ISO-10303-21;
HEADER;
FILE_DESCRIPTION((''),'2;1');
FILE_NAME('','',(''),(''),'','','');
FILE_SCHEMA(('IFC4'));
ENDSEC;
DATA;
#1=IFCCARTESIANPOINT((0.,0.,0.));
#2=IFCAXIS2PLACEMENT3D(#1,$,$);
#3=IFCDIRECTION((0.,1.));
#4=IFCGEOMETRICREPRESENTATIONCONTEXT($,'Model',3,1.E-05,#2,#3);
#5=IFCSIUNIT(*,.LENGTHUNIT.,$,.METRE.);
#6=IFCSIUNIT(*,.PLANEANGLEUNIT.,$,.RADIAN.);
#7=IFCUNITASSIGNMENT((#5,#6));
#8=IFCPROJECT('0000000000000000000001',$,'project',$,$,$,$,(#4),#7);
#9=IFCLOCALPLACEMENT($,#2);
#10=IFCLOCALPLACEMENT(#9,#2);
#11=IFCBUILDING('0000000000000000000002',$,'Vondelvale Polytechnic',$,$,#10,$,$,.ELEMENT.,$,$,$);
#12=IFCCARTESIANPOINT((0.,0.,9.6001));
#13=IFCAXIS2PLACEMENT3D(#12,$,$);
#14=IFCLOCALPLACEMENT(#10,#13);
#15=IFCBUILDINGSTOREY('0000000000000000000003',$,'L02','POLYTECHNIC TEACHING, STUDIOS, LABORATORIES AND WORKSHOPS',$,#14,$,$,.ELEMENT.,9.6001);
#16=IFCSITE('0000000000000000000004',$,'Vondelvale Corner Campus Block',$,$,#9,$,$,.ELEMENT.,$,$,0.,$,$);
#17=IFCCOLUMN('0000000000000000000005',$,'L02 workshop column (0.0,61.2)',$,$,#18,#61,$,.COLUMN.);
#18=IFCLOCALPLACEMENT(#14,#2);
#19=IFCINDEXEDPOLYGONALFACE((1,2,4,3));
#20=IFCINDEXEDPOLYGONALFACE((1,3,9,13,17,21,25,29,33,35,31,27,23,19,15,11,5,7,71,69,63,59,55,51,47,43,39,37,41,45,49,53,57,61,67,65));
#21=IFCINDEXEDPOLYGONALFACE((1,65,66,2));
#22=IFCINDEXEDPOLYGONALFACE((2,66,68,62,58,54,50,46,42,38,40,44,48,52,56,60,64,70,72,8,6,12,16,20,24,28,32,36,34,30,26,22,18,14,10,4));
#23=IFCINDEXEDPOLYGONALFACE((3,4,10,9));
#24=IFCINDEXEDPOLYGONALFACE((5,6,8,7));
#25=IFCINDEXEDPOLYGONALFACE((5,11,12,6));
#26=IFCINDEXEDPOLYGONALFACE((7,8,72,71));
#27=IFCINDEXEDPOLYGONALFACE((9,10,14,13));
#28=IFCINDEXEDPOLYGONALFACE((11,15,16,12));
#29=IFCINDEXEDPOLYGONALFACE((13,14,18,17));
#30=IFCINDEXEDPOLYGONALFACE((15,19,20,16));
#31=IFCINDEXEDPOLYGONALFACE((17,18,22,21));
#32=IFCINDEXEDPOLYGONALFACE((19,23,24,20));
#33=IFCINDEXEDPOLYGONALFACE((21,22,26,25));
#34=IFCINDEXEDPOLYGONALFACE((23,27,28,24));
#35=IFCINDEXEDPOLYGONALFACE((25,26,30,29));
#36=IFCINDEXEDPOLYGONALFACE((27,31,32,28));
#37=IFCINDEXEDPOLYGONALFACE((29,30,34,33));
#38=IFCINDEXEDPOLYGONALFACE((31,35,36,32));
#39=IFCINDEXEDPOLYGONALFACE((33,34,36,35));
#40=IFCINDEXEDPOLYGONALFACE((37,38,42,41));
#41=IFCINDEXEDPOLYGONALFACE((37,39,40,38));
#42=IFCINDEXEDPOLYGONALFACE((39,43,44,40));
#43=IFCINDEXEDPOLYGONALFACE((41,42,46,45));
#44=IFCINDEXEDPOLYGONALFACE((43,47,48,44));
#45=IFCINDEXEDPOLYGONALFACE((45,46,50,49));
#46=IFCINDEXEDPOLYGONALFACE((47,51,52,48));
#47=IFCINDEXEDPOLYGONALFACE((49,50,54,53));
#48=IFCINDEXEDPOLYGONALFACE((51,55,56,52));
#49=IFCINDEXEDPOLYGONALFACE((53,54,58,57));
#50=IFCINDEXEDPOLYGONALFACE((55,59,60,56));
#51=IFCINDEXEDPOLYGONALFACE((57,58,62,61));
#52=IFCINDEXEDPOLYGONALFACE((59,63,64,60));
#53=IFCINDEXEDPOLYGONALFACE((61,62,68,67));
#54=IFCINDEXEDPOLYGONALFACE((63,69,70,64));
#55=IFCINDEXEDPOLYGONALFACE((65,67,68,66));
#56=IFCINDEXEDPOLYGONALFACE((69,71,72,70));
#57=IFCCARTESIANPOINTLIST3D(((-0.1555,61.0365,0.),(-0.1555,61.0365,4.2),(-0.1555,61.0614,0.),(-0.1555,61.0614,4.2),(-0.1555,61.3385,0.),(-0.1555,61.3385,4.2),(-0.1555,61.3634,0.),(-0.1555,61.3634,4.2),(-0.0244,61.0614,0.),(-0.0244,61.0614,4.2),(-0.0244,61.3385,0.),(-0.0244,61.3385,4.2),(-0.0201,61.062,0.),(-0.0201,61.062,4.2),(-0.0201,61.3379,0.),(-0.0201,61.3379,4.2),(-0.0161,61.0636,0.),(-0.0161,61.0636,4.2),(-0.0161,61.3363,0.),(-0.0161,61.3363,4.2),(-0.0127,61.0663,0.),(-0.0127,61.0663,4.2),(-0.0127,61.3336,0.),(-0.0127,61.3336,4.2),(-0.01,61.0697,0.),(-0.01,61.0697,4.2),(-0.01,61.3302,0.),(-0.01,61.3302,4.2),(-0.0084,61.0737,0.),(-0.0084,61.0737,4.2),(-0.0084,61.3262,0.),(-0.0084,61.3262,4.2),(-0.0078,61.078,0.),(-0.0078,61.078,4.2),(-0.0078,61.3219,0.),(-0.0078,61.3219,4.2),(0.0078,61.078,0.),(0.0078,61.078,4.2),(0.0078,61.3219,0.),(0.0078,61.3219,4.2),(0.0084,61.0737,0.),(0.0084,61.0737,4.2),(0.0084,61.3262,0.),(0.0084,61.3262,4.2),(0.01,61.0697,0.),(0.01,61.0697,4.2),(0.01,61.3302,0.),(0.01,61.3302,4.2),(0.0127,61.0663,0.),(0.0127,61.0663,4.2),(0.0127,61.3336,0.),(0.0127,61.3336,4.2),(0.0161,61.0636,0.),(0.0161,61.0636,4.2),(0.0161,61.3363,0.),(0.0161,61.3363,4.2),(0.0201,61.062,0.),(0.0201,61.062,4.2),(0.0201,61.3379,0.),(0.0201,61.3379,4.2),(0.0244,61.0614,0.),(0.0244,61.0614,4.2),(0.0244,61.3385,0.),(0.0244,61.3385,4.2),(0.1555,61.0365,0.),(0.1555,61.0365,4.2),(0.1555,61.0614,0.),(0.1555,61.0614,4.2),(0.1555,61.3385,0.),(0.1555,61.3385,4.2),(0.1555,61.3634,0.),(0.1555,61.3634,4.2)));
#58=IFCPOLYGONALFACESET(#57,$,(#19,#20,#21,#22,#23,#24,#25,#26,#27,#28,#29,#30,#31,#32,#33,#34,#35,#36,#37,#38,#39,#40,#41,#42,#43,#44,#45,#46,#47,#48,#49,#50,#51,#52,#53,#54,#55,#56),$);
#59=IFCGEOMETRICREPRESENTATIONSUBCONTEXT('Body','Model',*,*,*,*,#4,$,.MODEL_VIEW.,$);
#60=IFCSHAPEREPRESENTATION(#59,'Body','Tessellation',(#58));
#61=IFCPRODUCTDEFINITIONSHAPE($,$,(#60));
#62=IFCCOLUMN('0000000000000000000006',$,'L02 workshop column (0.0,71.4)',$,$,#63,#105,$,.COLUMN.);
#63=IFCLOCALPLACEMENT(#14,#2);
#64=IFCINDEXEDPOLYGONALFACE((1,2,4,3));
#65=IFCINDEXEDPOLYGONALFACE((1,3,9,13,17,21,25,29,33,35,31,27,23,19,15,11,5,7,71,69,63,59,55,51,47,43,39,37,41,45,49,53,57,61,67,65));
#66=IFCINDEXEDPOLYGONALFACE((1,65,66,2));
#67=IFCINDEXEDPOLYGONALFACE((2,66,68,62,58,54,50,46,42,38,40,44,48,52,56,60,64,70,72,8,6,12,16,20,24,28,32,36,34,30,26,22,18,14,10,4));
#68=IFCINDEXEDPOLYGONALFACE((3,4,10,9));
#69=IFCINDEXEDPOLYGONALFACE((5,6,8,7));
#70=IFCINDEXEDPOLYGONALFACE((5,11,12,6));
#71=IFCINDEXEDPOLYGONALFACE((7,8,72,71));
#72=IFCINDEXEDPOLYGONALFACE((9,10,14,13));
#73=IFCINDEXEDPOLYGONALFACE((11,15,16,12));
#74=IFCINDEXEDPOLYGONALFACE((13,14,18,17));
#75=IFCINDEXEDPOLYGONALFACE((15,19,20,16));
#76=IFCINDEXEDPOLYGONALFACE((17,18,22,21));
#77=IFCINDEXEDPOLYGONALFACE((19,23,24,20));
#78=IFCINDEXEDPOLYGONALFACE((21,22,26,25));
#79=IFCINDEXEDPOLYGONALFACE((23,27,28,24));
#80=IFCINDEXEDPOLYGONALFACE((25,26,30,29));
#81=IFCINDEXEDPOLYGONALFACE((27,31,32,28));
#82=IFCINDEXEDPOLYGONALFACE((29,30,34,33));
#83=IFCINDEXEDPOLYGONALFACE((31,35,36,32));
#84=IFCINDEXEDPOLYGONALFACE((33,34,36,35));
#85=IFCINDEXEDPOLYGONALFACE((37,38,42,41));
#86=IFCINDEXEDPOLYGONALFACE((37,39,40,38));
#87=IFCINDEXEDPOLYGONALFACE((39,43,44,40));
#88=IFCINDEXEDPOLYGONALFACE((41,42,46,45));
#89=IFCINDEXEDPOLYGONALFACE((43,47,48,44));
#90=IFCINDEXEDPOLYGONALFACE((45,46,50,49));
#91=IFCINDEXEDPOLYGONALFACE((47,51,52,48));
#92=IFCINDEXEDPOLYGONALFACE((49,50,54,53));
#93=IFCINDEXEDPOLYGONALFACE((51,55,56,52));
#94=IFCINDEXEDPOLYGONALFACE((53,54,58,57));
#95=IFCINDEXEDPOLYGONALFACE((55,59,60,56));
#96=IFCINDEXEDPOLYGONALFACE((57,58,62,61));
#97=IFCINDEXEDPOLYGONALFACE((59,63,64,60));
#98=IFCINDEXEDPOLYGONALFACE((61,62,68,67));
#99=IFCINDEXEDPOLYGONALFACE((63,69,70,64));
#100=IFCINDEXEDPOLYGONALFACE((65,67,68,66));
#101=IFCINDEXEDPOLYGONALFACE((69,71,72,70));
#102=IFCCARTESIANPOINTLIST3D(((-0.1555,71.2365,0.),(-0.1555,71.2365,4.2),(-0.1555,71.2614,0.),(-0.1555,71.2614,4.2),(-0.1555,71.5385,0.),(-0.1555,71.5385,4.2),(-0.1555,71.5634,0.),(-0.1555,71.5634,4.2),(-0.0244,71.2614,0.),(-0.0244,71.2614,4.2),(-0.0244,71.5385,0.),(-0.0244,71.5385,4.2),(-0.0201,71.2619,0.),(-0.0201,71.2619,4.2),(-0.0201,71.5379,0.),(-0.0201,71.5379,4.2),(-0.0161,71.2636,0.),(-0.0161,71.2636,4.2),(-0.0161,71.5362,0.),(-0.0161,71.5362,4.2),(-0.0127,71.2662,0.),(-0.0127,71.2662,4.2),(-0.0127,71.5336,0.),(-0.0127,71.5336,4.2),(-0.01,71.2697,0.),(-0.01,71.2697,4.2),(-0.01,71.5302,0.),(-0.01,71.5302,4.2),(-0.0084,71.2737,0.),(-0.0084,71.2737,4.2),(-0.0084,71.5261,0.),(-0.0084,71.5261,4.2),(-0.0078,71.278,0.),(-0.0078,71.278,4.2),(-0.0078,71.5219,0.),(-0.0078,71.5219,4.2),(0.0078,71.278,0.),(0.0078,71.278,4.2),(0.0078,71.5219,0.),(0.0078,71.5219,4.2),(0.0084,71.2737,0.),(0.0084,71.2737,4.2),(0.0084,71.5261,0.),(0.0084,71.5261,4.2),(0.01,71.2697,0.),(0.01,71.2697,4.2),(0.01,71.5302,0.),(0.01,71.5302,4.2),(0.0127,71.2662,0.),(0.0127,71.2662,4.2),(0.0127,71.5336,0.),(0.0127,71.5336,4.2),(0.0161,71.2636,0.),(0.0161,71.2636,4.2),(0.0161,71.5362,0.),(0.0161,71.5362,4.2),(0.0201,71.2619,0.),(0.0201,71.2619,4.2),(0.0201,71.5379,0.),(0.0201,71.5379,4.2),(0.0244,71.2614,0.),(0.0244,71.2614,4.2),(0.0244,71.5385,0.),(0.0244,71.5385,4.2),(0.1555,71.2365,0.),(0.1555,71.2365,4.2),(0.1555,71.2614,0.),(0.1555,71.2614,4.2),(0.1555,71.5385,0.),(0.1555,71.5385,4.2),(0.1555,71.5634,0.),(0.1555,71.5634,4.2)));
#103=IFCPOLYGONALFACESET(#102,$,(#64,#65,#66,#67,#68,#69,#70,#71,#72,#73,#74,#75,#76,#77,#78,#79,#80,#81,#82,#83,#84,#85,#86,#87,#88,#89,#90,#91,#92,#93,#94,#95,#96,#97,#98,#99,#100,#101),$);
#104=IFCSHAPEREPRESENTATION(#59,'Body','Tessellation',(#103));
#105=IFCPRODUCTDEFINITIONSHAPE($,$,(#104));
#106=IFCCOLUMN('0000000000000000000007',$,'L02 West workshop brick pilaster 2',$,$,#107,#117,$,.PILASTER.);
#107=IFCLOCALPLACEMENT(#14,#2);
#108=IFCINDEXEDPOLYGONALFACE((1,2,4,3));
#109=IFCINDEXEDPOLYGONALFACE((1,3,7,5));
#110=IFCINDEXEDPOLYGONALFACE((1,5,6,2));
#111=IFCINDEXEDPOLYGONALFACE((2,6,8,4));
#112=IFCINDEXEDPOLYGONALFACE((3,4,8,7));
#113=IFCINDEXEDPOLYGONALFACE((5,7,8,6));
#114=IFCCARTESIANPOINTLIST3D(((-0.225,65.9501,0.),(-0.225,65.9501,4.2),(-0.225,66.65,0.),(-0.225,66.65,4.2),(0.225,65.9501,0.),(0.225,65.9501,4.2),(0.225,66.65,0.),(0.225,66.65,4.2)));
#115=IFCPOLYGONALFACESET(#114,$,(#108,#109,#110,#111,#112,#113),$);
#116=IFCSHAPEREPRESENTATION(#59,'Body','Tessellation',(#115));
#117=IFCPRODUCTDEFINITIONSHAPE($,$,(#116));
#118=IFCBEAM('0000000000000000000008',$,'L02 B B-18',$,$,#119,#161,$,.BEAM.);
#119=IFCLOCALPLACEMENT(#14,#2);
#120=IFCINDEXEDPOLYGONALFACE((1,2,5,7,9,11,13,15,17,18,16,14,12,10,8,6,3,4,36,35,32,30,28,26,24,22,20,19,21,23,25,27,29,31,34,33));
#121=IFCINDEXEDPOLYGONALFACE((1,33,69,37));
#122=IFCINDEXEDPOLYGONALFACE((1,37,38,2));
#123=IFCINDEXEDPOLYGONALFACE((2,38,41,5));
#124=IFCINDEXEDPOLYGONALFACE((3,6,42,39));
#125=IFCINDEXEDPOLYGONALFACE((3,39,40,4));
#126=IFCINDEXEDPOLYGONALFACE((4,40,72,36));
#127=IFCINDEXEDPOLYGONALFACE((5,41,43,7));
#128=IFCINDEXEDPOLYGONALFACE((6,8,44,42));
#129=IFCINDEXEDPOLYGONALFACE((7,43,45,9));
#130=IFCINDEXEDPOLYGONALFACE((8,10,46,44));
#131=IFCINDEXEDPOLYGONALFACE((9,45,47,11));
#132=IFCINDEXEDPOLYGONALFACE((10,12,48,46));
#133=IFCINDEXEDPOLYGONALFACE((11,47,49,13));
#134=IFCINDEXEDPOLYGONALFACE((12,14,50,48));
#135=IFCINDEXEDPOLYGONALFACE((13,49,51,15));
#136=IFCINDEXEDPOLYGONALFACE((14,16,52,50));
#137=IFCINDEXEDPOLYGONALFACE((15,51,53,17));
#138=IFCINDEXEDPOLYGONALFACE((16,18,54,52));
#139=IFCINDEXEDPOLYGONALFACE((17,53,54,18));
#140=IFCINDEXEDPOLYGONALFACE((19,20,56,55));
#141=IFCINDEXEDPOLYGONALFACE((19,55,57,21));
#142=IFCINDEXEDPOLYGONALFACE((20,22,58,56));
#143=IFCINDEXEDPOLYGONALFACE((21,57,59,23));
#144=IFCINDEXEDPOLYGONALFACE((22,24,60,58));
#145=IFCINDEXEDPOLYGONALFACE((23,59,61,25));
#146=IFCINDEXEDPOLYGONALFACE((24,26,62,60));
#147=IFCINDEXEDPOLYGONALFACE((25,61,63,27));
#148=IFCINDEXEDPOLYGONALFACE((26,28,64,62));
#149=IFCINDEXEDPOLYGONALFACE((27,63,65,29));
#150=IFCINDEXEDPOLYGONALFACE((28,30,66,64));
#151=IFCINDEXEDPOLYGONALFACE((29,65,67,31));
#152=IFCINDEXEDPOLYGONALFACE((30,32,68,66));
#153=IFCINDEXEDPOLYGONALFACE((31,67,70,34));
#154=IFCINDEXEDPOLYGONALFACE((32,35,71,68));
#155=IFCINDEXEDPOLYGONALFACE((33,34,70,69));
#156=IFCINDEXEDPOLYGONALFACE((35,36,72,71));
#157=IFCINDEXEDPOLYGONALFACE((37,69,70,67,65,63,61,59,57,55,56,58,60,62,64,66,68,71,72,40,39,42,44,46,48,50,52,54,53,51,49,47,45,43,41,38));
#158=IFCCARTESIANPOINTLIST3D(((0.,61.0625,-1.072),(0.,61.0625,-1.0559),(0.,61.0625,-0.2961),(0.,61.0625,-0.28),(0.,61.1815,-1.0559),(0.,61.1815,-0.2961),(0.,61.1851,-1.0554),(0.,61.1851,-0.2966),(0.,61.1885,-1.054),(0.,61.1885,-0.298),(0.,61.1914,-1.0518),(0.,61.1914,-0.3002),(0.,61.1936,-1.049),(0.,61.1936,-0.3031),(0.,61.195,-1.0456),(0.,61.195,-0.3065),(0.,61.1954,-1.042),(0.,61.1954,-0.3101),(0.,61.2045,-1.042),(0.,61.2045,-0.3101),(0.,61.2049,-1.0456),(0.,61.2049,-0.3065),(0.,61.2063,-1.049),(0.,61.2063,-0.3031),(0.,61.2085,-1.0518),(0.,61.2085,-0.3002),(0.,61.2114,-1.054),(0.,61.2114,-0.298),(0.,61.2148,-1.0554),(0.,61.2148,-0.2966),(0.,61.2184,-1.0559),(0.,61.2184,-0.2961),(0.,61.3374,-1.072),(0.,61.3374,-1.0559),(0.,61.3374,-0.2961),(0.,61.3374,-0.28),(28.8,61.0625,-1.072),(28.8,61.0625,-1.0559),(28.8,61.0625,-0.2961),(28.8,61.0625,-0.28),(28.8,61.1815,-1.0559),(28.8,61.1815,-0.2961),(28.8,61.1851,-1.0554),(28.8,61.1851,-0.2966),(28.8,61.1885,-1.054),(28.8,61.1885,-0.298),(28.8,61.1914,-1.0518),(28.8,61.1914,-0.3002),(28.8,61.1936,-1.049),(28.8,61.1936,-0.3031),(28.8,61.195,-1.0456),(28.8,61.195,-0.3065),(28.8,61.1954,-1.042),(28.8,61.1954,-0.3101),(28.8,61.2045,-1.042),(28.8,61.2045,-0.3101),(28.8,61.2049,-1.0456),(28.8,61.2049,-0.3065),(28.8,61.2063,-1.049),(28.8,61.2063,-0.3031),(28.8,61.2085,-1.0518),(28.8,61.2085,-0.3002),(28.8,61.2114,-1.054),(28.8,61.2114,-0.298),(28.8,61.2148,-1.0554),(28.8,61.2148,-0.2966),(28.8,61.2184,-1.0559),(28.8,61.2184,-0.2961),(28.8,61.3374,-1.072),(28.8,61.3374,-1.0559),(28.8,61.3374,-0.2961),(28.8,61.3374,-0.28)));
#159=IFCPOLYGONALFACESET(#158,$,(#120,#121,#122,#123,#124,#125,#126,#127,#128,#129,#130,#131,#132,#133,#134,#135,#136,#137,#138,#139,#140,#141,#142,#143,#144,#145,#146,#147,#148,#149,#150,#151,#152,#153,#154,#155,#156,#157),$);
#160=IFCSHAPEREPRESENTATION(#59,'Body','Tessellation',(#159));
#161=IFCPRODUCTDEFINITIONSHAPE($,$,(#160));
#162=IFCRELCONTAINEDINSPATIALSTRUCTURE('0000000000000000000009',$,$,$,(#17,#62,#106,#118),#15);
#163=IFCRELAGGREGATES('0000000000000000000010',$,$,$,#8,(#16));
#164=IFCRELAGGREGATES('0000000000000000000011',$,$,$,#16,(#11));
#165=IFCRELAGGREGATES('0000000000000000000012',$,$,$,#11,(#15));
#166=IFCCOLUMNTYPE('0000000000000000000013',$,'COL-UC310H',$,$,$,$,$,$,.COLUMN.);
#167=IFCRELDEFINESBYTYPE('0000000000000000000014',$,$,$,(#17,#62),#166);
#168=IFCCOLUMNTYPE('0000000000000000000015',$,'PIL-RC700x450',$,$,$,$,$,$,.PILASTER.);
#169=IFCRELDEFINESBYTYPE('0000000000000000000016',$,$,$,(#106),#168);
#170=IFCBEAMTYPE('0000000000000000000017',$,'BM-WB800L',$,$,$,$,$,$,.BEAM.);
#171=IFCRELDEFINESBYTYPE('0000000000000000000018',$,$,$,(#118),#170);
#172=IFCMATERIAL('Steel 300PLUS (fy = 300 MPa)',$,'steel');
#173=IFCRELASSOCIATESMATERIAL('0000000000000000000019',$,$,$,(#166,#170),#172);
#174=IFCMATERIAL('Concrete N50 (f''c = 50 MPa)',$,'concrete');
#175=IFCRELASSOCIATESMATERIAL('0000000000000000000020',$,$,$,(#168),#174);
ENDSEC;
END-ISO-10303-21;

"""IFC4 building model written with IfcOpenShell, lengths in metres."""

from ifc_helpers import new_model, si_unit, direction, frame, origin, origin_2d, place, context, subcontext, project, spatial, rectangle, i_section, extrude, material, material_profile, profile_set, type_object, element, save


model = new_model("IFC4")

# Units and contexts
model_context = context("Model", 3, precision=1e-05, world=origin(), true_north=direction((0.0, 1.0)))
body_context = subcontext(model_context, "Body", "Model", "MODEL_VIEW")
ifc_project = project(units=[si_unit("LENGTHUNIT", "METRE"), si_unit("PLANEANGLEUNIT", "RADIAN")], contexts=[model_context])

# Site, building, storey
site_placement = place(None, origin())
site = spatial("IfcSite", under=ifc_project, at=site_placement, Name="Vondelvale Corner Campus Block", CompositionType="ELEMENT", RefElevation=0.0)
building_placement = place(site_placement, origin())
building = spatial("IfcBuilding", under=site, at=building_placement, Name="Vondelvale Polytechnic", CompositionType="ELEMENT")
storey_placement = place(building_placement, frame((0.0, 0.0, 9.6001)))
storey = spatial("IfcBuildingStorey", under=building, at=storey_placement, Name="L02", Description="POLYTECHNIC TEACHING, STUDIOS, LABORATORIES AND WORKSHOPS", CompositionType="ELEMENT", Elevation=9.6001)

# Columns
ifc_material_1 = material(Name="Steel 300PLUS (fy = 300 MPa)", Category="steel")
ifc_material_profile_1 = material_profile(ifc_material_1, i_section(OverallWidth=0.311, OverallDepth=0.3269, WebThickness=0.0156, FlangeThickness=0.0249, FilletRadius=0.0166, at=origin_2d()), Name="310UC158")
ifc_profile_set_1 = profile_set([ifc_material_profile_1], Name="Steel 300PLUS (fy = 300 MPa)")
column_type_1 = type_object("IfcColumnType", Name="COL-UC310H", PredefinedType="COLUMN", material=ifc_profile_set_1)
for number, where, z_axis, x_axis, name in (
    (1, (0.0, 61.2, 0.0), (0.0, 0.0, 1.0), (1.0, 0.0, 0.0), "L02 workshop column (0.0,61.2)"),
    (2, (0.0, 71.3999, 0.0), (0.0, 0.0, 1.0), (1.0, 0.0, 0.0), "L02 workshop column (0.0,71.4)"),
):
    element("IfcColumn", number, at=place(storey_placement, frame(where, z_axis=z_axis, x_axis=x_axis)), inside=storey, type_object=column_type_1, Name=name, PredefinedType="COLUMN", context=body_context, shape_type="SweptSolid", body=[
        extrude(i_section(OverallWidth=0.311, OverallDepth=0.3269, WebThickness=0.0156, FlangeThickness=0.0249, FilletRadius=0.0166, at=origin_2d()), origin(), (0.0, 0.0, 1.0), 4.2),
    ])
ifc_material_2 = material(Name="Concrete N50 (f'c = 50 MPa)", Category="concrete")
ifc_material_profile_2 = material_profile(ifc_material_2, rectangle(XDim=0.45, YDim=0.7, at=origin_2d()), Name="RC-PIL-700x450")
ifc_profile_set_2 = profile_set([ifc_material_profile_2], Name="Concrete N50 (f'c = 50 MPa)")
column_type_2 = type_object("IfcColumnType", Name="PIL-RC700x450", PredefinedType="PILASTER", material=ifc_profile_set_2)
column_placement = place(storey_placement, frame((0.0, 66.3, 0.0), z_axis=(0.0, 0.0, 1.0), x_axis=(1.0, 0.0, 0.0)))
element("IfcColumn", 3, at=column_placement, inside=storey, type_object=column_type_2, Name="L02 West workshop brick pilaster 2", PredefinedType="PILASTER", context=body_context, shape_type="SweptSolid", body=[
    extrude(rectangle(XDim=0.45, YDim=0.7, at=origin_2d()), origin(), (0.0, 0.0, 1.0), 4.2),
])

# Beam
ifc_material_profile_3 = material_profile(ifc_material_1, i_section(OverallWidth=0.2749, OverallDepth=0.792, WebThickness=0.009, FlangeThickness=0.0161, FilletRadius=0.0139, at=origin_2d()), Name="800WB146")
ifc_profile_set_3 = profile_set([ifc_material_profile_3], Name="Steel 300PLUS (fy = 300 MPa)")
beam_type_1 = type_object("IfcBeamType", Name="BM-WB800L", PredefinedType="BEAM", material=ifc_profile_set_3)
beam_1_placement = place(storey_placement, frame((0.0, 61.2, -0.676), z_axis=(1.0, 0.0, 0.0), x_axis=(0.0, 1.0, 0.0)))
element("IfcBeam", 4, at=beam_1_placement, inside=storey, type_object=beam_type_1, Name="L02 B B-18", PredefinedType="BEAM", context=body_context, shape_type="SweptSolid", body=[
    extrude(i_section(OverallWidth=0.2749, OverallDepth=0.792, WebThickness=0.009, FlangeThickness=0.0161, FilletRadius=0.0139, at=origin_2d()), origin(), (0.0, 0.0, 1.0), 28.8),
])

save(model, "model.ifc")
